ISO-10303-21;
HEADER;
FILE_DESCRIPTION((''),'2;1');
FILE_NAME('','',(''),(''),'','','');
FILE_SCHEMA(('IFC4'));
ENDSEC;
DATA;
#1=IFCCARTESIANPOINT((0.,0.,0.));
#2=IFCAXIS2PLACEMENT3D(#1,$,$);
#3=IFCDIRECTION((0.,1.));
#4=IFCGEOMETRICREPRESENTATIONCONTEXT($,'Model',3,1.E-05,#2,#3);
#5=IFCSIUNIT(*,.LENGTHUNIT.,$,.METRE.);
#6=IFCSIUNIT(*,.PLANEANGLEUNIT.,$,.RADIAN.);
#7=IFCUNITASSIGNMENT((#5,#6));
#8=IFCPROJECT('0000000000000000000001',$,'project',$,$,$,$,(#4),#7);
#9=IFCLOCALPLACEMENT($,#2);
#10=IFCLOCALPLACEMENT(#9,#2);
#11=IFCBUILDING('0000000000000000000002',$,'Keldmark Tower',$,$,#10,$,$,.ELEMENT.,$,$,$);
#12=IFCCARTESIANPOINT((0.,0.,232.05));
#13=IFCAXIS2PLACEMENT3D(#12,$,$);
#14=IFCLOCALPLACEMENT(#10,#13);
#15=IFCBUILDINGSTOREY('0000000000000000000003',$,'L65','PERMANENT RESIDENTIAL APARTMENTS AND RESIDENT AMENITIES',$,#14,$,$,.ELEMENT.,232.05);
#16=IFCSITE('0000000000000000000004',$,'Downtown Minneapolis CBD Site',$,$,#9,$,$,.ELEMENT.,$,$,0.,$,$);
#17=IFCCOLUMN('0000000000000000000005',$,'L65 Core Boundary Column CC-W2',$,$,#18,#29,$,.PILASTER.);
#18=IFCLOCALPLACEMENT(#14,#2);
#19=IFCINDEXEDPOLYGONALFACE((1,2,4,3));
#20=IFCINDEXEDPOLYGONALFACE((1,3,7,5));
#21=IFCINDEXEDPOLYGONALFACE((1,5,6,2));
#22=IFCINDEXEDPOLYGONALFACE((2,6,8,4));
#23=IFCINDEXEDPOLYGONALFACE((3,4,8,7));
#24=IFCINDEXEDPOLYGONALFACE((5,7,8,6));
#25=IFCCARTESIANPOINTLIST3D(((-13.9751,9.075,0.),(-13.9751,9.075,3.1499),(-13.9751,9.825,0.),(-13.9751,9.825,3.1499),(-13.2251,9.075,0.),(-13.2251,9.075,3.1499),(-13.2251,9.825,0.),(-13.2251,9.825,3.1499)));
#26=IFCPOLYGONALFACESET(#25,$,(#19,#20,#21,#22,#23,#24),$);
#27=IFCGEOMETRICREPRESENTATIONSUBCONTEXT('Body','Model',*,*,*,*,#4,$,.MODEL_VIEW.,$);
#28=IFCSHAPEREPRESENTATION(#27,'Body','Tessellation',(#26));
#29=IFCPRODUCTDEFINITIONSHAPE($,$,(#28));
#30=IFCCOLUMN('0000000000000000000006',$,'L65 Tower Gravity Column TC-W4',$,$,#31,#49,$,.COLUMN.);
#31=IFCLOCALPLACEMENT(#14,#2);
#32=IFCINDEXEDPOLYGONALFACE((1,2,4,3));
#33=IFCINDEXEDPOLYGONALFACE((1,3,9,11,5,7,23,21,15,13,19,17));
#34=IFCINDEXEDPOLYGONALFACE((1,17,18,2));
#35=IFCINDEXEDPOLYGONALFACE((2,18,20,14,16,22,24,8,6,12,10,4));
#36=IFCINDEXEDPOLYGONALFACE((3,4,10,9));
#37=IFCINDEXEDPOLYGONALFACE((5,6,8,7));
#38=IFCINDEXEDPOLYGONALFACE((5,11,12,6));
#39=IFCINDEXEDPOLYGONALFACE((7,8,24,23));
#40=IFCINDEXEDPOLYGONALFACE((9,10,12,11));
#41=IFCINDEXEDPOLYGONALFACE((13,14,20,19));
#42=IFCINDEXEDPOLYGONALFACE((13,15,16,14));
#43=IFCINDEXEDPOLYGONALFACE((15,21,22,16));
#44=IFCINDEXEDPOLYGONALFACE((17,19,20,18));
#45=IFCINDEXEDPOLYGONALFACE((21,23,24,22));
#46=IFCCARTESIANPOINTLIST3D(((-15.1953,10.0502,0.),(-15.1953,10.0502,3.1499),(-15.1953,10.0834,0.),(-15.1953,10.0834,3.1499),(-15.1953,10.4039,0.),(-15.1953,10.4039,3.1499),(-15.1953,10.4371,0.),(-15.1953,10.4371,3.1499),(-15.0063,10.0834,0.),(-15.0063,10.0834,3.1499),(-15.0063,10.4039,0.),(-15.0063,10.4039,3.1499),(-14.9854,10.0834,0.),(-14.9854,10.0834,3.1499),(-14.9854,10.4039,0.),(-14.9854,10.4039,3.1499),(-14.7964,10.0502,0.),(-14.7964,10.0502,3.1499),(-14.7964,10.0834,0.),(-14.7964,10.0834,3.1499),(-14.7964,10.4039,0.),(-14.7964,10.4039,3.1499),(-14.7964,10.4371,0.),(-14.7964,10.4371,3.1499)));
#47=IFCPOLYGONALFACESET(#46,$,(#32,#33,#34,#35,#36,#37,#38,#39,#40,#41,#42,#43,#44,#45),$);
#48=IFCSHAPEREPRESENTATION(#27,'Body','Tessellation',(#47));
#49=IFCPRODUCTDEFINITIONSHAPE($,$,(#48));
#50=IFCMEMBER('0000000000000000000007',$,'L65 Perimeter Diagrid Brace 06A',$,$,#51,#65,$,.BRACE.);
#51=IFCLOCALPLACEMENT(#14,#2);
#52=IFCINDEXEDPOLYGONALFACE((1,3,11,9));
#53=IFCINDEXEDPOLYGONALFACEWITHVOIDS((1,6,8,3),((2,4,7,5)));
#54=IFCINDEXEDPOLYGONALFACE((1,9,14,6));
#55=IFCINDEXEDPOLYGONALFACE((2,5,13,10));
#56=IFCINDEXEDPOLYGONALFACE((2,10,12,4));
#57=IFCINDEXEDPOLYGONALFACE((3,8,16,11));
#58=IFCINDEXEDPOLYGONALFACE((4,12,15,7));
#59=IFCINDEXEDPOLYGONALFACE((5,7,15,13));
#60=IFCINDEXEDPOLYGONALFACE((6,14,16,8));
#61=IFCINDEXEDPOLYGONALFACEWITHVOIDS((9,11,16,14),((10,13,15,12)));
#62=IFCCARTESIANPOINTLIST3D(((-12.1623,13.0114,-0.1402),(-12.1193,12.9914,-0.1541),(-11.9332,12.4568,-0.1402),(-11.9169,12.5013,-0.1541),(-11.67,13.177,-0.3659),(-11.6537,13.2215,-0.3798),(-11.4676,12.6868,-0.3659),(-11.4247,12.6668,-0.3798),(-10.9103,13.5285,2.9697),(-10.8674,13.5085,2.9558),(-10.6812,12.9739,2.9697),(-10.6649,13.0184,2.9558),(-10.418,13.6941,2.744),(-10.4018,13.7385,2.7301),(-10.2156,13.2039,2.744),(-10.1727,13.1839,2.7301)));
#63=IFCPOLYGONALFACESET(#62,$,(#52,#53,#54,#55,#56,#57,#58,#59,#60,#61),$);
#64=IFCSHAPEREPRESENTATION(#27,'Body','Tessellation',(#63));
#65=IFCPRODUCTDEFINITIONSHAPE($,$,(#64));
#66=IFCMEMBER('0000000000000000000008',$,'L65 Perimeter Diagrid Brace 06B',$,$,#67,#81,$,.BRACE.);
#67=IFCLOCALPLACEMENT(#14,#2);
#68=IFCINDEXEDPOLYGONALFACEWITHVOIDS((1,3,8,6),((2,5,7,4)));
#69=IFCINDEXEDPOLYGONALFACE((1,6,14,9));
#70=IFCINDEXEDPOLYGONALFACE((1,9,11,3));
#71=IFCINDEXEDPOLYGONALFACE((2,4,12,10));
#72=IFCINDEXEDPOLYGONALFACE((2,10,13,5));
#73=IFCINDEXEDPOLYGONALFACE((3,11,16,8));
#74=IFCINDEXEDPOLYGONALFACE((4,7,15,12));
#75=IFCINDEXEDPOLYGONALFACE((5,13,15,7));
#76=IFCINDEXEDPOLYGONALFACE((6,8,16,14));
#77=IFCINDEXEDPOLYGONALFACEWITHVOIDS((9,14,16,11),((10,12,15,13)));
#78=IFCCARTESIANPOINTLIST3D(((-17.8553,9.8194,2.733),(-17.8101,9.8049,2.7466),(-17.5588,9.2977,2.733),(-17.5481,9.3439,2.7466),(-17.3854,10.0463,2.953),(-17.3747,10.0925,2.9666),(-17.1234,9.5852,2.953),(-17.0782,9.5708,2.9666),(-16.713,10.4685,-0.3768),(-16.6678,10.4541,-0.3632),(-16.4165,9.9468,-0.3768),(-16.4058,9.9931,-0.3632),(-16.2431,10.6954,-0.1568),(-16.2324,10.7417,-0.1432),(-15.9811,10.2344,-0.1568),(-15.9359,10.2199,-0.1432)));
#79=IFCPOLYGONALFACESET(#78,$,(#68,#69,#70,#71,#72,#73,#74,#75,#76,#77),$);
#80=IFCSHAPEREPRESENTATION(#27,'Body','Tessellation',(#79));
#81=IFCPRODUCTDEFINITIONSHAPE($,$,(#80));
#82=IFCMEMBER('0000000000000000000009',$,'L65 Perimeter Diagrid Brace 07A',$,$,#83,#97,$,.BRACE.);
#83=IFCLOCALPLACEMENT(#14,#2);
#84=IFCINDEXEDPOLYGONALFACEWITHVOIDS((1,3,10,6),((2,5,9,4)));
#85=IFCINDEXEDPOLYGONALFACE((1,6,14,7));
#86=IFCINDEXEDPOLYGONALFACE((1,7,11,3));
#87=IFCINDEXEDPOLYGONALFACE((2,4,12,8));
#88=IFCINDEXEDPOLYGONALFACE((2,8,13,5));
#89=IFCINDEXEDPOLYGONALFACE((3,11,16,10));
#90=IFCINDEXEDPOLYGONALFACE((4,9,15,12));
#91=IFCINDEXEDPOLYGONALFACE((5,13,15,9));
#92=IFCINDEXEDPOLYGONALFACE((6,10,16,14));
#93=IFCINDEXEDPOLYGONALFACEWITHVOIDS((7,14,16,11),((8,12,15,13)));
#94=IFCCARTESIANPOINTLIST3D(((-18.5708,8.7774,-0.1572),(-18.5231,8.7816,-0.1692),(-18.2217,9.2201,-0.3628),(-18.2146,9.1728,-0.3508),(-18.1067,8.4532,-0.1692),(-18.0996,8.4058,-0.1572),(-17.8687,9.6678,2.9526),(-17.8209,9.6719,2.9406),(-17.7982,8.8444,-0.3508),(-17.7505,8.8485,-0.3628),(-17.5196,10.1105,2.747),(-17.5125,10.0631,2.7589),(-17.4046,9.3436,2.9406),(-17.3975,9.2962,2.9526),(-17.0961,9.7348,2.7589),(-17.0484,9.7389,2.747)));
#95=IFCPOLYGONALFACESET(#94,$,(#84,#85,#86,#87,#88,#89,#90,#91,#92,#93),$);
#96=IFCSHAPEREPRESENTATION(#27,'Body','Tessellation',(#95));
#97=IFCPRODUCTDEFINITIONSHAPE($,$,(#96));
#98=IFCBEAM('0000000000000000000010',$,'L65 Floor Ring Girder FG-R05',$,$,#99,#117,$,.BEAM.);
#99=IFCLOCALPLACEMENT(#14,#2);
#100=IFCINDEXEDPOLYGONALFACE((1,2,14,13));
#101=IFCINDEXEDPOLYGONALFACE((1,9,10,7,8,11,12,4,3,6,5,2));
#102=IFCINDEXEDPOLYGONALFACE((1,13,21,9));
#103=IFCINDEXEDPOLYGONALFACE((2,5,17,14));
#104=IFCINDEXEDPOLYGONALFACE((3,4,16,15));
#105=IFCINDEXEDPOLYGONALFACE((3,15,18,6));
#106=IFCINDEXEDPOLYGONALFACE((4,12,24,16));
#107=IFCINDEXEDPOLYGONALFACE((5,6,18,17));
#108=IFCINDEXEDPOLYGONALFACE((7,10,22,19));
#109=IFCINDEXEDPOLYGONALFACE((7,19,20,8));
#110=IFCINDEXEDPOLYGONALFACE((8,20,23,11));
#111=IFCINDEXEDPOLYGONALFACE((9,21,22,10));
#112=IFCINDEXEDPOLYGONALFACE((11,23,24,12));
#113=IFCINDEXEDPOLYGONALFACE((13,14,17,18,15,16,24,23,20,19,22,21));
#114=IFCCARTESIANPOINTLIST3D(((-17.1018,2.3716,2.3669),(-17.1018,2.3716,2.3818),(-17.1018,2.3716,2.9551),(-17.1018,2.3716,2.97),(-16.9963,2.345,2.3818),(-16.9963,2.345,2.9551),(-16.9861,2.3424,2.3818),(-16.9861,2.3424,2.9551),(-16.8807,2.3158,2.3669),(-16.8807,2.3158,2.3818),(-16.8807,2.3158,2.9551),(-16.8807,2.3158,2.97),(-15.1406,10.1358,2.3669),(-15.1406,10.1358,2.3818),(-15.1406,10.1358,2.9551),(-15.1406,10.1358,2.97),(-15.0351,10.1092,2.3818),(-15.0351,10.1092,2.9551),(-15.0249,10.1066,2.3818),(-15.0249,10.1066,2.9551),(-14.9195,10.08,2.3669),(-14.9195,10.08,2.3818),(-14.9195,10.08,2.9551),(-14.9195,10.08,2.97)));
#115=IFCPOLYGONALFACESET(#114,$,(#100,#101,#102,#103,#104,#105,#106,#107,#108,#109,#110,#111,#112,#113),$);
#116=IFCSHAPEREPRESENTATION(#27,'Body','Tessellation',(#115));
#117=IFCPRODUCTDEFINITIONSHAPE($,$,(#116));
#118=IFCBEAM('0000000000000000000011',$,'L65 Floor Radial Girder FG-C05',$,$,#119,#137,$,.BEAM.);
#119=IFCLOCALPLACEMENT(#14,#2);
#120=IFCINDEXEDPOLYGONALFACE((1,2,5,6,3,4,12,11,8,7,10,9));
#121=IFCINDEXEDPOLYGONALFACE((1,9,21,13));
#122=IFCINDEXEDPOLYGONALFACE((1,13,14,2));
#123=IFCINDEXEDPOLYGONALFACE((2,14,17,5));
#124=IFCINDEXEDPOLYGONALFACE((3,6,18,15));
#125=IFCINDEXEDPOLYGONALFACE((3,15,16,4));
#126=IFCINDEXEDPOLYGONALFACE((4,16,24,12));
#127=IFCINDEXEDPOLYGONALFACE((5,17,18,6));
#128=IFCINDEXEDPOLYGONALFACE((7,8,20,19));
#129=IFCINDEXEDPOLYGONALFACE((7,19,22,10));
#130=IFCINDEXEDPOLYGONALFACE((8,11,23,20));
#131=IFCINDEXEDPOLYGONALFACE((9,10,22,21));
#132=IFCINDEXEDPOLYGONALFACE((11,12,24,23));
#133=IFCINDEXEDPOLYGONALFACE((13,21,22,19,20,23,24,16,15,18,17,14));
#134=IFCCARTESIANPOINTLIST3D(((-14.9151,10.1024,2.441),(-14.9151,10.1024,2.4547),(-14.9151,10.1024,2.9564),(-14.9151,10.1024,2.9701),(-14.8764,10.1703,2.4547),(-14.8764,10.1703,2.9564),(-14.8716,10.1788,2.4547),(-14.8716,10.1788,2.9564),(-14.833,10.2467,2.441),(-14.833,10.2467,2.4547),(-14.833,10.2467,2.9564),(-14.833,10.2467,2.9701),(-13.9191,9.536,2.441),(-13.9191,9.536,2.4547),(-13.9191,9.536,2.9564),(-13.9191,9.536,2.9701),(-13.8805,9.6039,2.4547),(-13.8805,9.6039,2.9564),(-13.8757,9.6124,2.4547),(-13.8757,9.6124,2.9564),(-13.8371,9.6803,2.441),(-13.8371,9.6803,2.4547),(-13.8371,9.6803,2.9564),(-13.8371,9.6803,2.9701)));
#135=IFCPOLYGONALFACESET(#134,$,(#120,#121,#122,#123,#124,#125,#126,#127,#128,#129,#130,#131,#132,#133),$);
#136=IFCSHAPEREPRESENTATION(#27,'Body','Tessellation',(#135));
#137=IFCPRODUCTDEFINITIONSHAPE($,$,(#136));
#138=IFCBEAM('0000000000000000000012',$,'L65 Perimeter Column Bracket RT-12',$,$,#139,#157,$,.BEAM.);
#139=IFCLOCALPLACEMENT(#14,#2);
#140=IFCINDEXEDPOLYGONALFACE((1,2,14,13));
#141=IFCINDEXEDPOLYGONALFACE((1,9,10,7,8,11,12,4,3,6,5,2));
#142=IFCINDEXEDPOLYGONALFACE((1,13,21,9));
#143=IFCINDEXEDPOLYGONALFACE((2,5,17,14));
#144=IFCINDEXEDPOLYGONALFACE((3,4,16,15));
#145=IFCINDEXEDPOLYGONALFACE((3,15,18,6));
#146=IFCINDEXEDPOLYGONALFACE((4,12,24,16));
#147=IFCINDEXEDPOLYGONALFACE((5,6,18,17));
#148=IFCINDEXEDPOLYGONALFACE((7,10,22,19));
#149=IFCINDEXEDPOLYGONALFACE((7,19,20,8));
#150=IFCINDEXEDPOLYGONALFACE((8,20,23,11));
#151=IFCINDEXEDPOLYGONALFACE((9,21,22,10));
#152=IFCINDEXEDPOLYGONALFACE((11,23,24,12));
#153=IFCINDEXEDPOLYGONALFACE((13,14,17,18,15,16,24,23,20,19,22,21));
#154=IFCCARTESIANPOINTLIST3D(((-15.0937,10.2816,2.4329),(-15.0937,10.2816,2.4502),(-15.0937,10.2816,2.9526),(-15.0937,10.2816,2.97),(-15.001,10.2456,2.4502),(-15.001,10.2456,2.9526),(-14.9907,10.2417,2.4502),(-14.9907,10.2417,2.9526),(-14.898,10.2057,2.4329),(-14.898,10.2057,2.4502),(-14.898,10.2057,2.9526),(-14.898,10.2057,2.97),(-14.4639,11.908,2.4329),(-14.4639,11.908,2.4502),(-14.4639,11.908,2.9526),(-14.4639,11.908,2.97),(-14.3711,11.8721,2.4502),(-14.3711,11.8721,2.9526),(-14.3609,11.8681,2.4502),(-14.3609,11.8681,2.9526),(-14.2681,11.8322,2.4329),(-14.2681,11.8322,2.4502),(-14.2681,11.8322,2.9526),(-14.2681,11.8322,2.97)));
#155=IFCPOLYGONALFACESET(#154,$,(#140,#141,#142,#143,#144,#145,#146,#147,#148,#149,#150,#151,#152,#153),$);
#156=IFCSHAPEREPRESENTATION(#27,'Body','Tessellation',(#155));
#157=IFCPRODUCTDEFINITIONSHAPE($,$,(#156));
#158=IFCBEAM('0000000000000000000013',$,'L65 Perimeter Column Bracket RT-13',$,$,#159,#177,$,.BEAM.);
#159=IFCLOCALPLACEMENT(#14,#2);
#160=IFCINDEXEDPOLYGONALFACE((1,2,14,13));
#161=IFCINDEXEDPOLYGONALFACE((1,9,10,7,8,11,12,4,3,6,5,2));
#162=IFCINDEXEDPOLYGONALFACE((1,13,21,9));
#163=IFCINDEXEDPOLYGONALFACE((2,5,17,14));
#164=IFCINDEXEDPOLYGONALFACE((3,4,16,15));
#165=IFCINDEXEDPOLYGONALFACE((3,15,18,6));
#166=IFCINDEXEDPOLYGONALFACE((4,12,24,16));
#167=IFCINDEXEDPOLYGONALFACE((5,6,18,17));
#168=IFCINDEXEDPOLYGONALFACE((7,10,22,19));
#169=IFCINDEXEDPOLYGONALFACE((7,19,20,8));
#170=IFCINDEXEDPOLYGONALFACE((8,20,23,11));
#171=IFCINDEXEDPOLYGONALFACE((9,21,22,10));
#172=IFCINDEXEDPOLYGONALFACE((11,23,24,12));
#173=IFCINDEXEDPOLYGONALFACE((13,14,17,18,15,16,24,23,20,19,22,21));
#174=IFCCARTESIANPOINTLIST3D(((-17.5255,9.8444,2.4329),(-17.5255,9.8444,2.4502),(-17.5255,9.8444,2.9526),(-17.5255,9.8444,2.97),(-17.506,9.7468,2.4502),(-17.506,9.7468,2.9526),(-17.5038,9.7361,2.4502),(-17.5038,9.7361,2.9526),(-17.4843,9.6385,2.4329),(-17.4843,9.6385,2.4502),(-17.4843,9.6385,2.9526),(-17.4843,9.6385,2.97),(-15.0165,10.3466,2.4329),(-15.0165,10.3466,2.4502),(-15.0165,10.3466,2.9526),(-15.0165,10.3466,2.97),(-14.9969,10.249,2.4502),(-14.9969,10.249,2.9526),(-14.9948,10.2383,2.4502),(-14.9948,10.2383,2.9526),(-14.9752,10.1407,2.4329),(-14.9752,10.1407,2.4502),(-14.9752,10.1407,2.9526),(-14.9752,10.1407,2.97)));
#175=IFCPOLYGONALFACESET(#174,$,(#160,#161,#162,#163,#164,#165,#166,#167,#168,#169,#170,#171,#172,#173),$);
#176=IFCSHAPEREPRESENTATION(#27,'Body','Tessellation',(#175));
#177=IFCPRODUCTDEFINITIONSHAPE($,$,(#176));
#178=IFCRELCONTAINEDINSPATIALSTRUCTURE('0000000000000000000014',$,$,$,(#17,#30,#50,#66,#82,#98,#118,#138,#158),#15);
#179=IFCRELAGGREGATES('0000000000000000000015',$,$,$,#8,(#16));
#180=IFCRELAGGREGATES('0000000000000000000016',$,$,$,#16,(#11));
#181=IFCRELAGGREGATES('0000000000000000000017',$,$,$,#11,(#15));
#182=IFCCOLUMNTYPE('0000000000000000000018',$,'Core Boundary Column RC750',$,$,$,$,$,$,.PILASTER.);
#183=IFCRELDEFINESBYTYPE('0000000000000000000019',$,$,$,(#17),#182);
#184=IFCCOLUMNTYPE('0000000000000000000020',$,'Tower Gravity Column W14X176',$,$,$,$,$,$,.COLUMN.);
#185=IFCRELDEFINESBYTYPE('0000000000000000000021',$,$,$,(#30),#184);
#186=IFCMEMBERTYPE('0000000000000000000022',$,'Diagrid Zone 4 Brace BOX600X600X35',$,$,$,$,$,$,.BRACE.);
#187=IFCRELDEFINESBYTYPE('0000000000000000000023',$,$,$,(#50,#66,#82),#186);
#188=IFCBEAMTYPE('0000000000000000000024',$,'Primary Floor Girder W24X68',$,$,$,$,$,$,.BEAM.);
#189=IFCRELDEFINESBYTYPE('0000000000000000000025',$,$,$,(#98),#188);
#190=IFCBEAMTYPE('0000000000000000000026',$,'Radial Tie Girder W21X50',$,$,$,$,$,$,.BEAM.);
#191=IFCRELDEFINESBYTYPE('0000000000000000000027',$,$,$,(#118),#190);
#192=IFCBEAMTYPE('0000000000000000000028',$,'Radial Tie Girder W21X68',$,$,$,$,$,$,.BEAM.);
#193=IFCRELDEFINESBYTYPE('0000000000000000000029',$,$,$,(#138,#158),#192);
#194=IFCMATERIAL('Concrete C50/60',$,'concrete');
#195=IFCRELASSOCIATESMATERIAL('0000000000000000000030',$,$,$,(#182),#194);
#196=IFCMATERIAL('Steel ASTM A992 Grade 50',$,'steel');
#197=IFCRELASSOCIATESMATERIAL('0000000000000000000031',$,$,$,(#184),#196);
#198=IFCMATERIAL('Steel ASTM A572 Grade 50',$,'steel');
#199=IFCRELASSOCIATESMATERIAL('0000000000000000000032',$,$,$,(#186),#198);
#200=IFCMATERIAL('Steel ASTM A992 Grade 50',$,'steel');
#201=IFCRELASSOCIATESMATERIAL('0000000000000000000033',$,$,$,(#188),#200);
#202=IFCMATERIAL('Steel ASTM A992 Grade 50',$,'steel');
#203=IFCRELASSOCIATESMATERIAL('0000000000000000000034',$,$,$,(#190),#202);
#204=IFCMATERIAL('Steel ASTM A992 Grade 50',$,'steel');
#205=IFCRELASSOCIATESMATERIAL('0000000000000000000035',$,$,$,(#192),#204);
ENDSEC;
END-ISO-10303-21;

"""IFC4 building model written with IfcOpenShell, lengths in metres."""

from ifc_helpers import new_model, si_unit, direction, frame, origin, origin_2d, place, context, subcontext, project, spatial, rectangle, hollow_rectangle, i_section, extrude, material, material_profile, profile_set, type_object, element, save


model = new_model("IFC4")

# Units and contexts
model_context = context("Model", 3, precision=1e-05, world=origin(), true_north=direction((0.0, 1.0)))
body_context = subcontext(model_context, "Body", "Model", "MODEL_VIEW")
ifc_project = project(units=[si_unit("LENGTHUNIT", "METRE"), si_unit("PLANEANGLEUNIT", "RADIAN")], contexts=[model_context])

# Site, building, storey
site_placement = place(None, origin())
site = spatial("IfcSite", under=ifc_project, at=site_placement, Name="Downtown Minneapolis CBD Site", CompositionType="ELEMENT", RefElevation=0.0)
building_placement = place(site_placement, origin())
building = spatial("IfcBuilding", under=site, at=building_placement, Name="Keldmark Tower", CompositionType="ELEMENT")
storey_placement = place(building_placement, frame((0.0, 0.0, 232.05)))
storey = spatial("IfcBuildingStorey", under=building, at=storey_placement, Name="L65", Description="PERMANENT RESIDENTIAL APARTMENTS AND RESIDENT AMENITIES", CompositionType="ELEMENT", Elevation=232.05)

# Columns
ifc_material_1 = material(Name="Concrete C50/60", Category="concrete")
ifc_material_profile_1 = material_profile(ifc_material_1, rectangle(XDim=0.75, YDim=0.75, at=origin_2d()), Name="RC750X750")
ifc_profile_set_1 = profile_set([ifc_material_profile_1], Name="Concrete C50/60")
column_type_1 = type_object("IfcColumnType", Name="Core Boundary Column RC750", PredefinedType="PILASTER", material=ifc_profile_set_1)
column_1_placement = place(storey_placement, frame((-13.6001, 9.45, 0.0), z_axis=(0.0, 0.0, 1.0), x_axis=(1.0, 0.0, 0.0)))
element("IfcColumn", 1, at=column_1_placement, inside=storey, type_object=column_type_1, Name="L65 Core Boundary Column CC-W2", PredefinedType="PILASTER", context=body_context, shape_type="SweptSolid", body=[
    extrude(rectangle(XDim=0.75, YDim=0.75, at=origin_2d()), origin(), (0.0, 0.0, 1.0), 3.1499),
])
ifc_material_2 = material(Name="Steel ASTM A992 Grade 50", Category="steel")
ifc_material_profile_2 = material_profile(ifc_material_2, i_section(OverallWidth=0.3989, OverallDepth=0.387, WebThickness=0.021, FlangeThickness=0.0332, at=origin_2d()), Name="W14X176")
ifc_profile_set_2 = profile_set([ifc_material_profile_2], Name="Steel ASTM A992 Grade 50")
column_type_2 = type_object("IfcColumnType", Name="Tower Gravity Column W14X176", PredefinedType="COLUMN", material=ifc_profile_set_2)
column_2_placement = place(storey_placement, frame((-14.9958, 10.2437, 0.0), z_axis=(0.0, 0.0, 1.0), x_axis=(1.0, 0.0, 0.0)))
element("IfcColumn", 2, at=column_2_placement, inside=storey, type_object=column_type_2, Name="L65 Tower Gravity Column TC-W4", PredefinedType="COLUMN", context=body_context, shape_type="SweptSolid", body=[
    extrude(i_section(OverallWidth=0.3989, OverallDepth=0.387, WebThickness=0.021, FlangeThickness=0.0332, at=origin_2d()), origin(), (0.0, 0.0, 1.0), 3.1499),
])

# Members
ifc_material_3 = material(Name="Steel ASTM A572 Grade 50", Category="steel")
ifc_material_profile_3 = material_profile(ifc_material_3, hollow_rectangle(XDim=0.6001, YDim=0.6001, WallThickness=0.0349, at=origin_2d()), Name="BOX600X600X35")
ifc_profile_set_3 = profile_set([ifc_material_profile_3], Name="Steel ASTM A572 Grade 50")
member_type = type_object("IfcMemberType", Name="Diagrid Zone 4 Brace BOX600X600X35", PredefinedType="BRACE", material=ifc_profile_set_3)
member_1_placement = place(storey_placement, frame((-11.7935, 12.8391, -0.26), z_axis=(0.369084, 0.152442, 0.916809), x_axis=(-0.381747, 0.924267, 0.0)))
element("IfcMember", 3, at=member_1_placement, inside=storey, type_object=member_type, Name="L65 Perimeter Diagrid Brace 06A", PredefinedType="BRACE", context=body_context, shape_type="SweptSolid", body=[
    extrude(hollow_rectangle(XDim=0.6001, YDim=0.6001, WallThickness=0.0349, at=origin_2d()), origin(), (0.0, 0.0, 1.0), 3.3921),
])
member_2_placement = place(storey_placement, frame((-16.3245, 10.3442, -0.26), z_axis=(-0.338366, -0.192288, 0.921159), x_axis=(0.494076, -0.869418, 0.0)))
element("IfcMember", 4, at=member_2_placement, inside=storey, type_object=member_type, Name="L65 Perimeter Diagrid Brace 06B", PredefinedType="BRACE", context=body_context, shape_type="SweptSolid", body=[
    extrude(hollow_rectangle(XDim=0.6001, YDim=0.6001, WallThickness=0.0349, at=origin_2d()), origin(), (0.0, 0.0, 1.0), 3.376),
])
member_3_placement = place(storey_placement, frame((-18.1606, 8.813, -0.26), z_axis=(0.21212, 0.268986, 0.939495), x_axis=(-0.785219, 0.619218, 0.0)))
element("IfcMember", 5, at=member_3_placement, inside=storey, type_object=member_type, Name="L65 Perimeter Diagrid Brace 07A", PredefinedType="BRACE", context=body_context, shape_type="SweptSolid", body=[
    extrude(hollow_rectangle(XDim=0.6001, YDim=0.6001, WallThickness=0.0349, at=origin_2d()), origin(), (0.0, 0.0, 1.0), 3.3101),
])

# Beams
ifc_material_4 = material(Name="Steel ASTM A992 Grade 50", Category="steel")
ifc_material_profile_4 = material_profile(ifc_material_4, i_section(OverallWidth=0.228, OverallDepth=0.603, WebThickness=0.0105, FlangeThickness=0.0149, at=origin_2d()), Name="W24X68")
ifc_profile_set_4 = profile_set([ifc_material_profile_4], Name="Steel ASTM A992 Grade 50")
beam_type_1 = type_object("IfcBeamType", Name="Primary Floor Girder W24X68", PredefinedType="BEAM", material=ifc_profile_set_4)
beam_1_placement = place(storey_placement, frame((-15.03, 10.1079, 2.6685), z_axis=(-0.244902, -0.969548, 0.0), x_axis=(0.969548, -0.244902, 0.0)))
element("IfcBeam", 6, at=beam_1_placement, inside=storey, type_object=beam_type_1, Name="L65 Floor Ring Girder FG-R05", PredefinedType="BEAM", context=body_context, shape_type="SweptSolid", body=[
    extrude(i_section(OverallWidth=0.228, OverallDepth=0.603, WebThickness=0.0105, FlangeThickness=0.0149, at=origin_2d()), origin(), (0.0, 0.0, 1.0), 8.0081),
])
ifc_material_5 = material(Name="Steel ASTM A992 Grade 50", Category="steel")
ifc_material_profile_5 = material_profile(ifc_material_5, i_section(OverallWidth=0.166, OverallDepth=0.5291, WebThickness=0.0098, FlangeThickness=0.0137, at=origin_2d()), Name="W21X50")
ifc_profile_set_5 = profile_set([ifc_material_profile_5], Name="Steel ASTM A992 Grade 50")
beam_type_2 = type_object("IfcBeamType", Name="Radial Tie Girder W21X50", PredefinedType="BEAM", material=ifc_profile_set_5)
beam_2_placement = place(storey_placement, frame((-14.874, 10.1746, 2.7056), z_axis=(0.869238, -0.494394, 0.0), x_axis=(0.494394, 0.869238, 0.0)))
element("IfcBeam", 7, at=beam_2_placement, inside=storey, type_object=beam_type_2, Name="L65 Floor Radial Girder FG-C05", PredefinedType="BEAM", context=body_context, shape_type="SweptSolid", body=[
    extrude(i_section(OverallWidth=0.166, OverallDepth=0.5291, WebThickness=0.0098, FlangeThickness=0.0137, at=origin_2d()), origin(), (0.0, 0.0, 1.0), 1.1458),
])
ifc_material_6 = material(Name="Steel ASTM A992 Grade 50", Category="steel")
ifc_material_profile_6 = material_profile(ifc_material_6, i_section(OverallWidth=0.21, OverallDepth=0.5371, WebThickness=0.011, FlangeThickness=0.0173, at=origin_2d()), Name="W21X68")
ifc_profile_set_6 = profile_set([ifc_material_profile_6], Name="Steel ASTM A992 Grade 50")
beam_type_3 = type_object("IfcBeamType", Name="Radial Tie Girder W21X68", PredefinedType="BEAM", material=ifc_profile_set_6)
beam_3_placement = place(storey_placement, frame((-14.9958, 10.2437, 2.7014), z_axis=(0.361135, 0.932513, 0.0), x_axis=(-0.932513, 0.361135, 0.0)))
element("IfcBeam", 8, at=beam_3_placement, inside=storey, type_object=beam_type_3, Name="L65 Perimeter Column Bracket RT-12", PredefinedType="BEAM", context=body_context, shape_type="SweptSolid", body=[
    extrude(i_section(OverallWidth=0.21, OverallDepth=0.5371, WebThickness=0.011, FlangeThickness=0.0173, at=origin_2d()), origin(), (0.0, 0.0, 1.0), 1.7441),
])
beam_4_placement = place(storey_placement, frame((-14.9958, 10.2437, 2.7014), z_axis=(-0.980551, -0.196263, 0.0), x_axis=(0.196263, -0.980551, 0.0)))
element("IfcBeam", 9, at=beam_4_placement, inside=storey, type_object=beam_type_3, Name="L65 Perimeter Column Bracket RT-13", PredefinedType="BEAM", context=body_context, shape_type="SweptSolid", body=[
    extrude(i_section(OverallWidth=0.21, OverallDepth=0.5371, WebThickness=0.011, FlangeThickness=0.0173, at=origin_2d()), origin(), (0.0, 0.0, 1.0), 2.5588),
])

save(model, "model.ifc")
